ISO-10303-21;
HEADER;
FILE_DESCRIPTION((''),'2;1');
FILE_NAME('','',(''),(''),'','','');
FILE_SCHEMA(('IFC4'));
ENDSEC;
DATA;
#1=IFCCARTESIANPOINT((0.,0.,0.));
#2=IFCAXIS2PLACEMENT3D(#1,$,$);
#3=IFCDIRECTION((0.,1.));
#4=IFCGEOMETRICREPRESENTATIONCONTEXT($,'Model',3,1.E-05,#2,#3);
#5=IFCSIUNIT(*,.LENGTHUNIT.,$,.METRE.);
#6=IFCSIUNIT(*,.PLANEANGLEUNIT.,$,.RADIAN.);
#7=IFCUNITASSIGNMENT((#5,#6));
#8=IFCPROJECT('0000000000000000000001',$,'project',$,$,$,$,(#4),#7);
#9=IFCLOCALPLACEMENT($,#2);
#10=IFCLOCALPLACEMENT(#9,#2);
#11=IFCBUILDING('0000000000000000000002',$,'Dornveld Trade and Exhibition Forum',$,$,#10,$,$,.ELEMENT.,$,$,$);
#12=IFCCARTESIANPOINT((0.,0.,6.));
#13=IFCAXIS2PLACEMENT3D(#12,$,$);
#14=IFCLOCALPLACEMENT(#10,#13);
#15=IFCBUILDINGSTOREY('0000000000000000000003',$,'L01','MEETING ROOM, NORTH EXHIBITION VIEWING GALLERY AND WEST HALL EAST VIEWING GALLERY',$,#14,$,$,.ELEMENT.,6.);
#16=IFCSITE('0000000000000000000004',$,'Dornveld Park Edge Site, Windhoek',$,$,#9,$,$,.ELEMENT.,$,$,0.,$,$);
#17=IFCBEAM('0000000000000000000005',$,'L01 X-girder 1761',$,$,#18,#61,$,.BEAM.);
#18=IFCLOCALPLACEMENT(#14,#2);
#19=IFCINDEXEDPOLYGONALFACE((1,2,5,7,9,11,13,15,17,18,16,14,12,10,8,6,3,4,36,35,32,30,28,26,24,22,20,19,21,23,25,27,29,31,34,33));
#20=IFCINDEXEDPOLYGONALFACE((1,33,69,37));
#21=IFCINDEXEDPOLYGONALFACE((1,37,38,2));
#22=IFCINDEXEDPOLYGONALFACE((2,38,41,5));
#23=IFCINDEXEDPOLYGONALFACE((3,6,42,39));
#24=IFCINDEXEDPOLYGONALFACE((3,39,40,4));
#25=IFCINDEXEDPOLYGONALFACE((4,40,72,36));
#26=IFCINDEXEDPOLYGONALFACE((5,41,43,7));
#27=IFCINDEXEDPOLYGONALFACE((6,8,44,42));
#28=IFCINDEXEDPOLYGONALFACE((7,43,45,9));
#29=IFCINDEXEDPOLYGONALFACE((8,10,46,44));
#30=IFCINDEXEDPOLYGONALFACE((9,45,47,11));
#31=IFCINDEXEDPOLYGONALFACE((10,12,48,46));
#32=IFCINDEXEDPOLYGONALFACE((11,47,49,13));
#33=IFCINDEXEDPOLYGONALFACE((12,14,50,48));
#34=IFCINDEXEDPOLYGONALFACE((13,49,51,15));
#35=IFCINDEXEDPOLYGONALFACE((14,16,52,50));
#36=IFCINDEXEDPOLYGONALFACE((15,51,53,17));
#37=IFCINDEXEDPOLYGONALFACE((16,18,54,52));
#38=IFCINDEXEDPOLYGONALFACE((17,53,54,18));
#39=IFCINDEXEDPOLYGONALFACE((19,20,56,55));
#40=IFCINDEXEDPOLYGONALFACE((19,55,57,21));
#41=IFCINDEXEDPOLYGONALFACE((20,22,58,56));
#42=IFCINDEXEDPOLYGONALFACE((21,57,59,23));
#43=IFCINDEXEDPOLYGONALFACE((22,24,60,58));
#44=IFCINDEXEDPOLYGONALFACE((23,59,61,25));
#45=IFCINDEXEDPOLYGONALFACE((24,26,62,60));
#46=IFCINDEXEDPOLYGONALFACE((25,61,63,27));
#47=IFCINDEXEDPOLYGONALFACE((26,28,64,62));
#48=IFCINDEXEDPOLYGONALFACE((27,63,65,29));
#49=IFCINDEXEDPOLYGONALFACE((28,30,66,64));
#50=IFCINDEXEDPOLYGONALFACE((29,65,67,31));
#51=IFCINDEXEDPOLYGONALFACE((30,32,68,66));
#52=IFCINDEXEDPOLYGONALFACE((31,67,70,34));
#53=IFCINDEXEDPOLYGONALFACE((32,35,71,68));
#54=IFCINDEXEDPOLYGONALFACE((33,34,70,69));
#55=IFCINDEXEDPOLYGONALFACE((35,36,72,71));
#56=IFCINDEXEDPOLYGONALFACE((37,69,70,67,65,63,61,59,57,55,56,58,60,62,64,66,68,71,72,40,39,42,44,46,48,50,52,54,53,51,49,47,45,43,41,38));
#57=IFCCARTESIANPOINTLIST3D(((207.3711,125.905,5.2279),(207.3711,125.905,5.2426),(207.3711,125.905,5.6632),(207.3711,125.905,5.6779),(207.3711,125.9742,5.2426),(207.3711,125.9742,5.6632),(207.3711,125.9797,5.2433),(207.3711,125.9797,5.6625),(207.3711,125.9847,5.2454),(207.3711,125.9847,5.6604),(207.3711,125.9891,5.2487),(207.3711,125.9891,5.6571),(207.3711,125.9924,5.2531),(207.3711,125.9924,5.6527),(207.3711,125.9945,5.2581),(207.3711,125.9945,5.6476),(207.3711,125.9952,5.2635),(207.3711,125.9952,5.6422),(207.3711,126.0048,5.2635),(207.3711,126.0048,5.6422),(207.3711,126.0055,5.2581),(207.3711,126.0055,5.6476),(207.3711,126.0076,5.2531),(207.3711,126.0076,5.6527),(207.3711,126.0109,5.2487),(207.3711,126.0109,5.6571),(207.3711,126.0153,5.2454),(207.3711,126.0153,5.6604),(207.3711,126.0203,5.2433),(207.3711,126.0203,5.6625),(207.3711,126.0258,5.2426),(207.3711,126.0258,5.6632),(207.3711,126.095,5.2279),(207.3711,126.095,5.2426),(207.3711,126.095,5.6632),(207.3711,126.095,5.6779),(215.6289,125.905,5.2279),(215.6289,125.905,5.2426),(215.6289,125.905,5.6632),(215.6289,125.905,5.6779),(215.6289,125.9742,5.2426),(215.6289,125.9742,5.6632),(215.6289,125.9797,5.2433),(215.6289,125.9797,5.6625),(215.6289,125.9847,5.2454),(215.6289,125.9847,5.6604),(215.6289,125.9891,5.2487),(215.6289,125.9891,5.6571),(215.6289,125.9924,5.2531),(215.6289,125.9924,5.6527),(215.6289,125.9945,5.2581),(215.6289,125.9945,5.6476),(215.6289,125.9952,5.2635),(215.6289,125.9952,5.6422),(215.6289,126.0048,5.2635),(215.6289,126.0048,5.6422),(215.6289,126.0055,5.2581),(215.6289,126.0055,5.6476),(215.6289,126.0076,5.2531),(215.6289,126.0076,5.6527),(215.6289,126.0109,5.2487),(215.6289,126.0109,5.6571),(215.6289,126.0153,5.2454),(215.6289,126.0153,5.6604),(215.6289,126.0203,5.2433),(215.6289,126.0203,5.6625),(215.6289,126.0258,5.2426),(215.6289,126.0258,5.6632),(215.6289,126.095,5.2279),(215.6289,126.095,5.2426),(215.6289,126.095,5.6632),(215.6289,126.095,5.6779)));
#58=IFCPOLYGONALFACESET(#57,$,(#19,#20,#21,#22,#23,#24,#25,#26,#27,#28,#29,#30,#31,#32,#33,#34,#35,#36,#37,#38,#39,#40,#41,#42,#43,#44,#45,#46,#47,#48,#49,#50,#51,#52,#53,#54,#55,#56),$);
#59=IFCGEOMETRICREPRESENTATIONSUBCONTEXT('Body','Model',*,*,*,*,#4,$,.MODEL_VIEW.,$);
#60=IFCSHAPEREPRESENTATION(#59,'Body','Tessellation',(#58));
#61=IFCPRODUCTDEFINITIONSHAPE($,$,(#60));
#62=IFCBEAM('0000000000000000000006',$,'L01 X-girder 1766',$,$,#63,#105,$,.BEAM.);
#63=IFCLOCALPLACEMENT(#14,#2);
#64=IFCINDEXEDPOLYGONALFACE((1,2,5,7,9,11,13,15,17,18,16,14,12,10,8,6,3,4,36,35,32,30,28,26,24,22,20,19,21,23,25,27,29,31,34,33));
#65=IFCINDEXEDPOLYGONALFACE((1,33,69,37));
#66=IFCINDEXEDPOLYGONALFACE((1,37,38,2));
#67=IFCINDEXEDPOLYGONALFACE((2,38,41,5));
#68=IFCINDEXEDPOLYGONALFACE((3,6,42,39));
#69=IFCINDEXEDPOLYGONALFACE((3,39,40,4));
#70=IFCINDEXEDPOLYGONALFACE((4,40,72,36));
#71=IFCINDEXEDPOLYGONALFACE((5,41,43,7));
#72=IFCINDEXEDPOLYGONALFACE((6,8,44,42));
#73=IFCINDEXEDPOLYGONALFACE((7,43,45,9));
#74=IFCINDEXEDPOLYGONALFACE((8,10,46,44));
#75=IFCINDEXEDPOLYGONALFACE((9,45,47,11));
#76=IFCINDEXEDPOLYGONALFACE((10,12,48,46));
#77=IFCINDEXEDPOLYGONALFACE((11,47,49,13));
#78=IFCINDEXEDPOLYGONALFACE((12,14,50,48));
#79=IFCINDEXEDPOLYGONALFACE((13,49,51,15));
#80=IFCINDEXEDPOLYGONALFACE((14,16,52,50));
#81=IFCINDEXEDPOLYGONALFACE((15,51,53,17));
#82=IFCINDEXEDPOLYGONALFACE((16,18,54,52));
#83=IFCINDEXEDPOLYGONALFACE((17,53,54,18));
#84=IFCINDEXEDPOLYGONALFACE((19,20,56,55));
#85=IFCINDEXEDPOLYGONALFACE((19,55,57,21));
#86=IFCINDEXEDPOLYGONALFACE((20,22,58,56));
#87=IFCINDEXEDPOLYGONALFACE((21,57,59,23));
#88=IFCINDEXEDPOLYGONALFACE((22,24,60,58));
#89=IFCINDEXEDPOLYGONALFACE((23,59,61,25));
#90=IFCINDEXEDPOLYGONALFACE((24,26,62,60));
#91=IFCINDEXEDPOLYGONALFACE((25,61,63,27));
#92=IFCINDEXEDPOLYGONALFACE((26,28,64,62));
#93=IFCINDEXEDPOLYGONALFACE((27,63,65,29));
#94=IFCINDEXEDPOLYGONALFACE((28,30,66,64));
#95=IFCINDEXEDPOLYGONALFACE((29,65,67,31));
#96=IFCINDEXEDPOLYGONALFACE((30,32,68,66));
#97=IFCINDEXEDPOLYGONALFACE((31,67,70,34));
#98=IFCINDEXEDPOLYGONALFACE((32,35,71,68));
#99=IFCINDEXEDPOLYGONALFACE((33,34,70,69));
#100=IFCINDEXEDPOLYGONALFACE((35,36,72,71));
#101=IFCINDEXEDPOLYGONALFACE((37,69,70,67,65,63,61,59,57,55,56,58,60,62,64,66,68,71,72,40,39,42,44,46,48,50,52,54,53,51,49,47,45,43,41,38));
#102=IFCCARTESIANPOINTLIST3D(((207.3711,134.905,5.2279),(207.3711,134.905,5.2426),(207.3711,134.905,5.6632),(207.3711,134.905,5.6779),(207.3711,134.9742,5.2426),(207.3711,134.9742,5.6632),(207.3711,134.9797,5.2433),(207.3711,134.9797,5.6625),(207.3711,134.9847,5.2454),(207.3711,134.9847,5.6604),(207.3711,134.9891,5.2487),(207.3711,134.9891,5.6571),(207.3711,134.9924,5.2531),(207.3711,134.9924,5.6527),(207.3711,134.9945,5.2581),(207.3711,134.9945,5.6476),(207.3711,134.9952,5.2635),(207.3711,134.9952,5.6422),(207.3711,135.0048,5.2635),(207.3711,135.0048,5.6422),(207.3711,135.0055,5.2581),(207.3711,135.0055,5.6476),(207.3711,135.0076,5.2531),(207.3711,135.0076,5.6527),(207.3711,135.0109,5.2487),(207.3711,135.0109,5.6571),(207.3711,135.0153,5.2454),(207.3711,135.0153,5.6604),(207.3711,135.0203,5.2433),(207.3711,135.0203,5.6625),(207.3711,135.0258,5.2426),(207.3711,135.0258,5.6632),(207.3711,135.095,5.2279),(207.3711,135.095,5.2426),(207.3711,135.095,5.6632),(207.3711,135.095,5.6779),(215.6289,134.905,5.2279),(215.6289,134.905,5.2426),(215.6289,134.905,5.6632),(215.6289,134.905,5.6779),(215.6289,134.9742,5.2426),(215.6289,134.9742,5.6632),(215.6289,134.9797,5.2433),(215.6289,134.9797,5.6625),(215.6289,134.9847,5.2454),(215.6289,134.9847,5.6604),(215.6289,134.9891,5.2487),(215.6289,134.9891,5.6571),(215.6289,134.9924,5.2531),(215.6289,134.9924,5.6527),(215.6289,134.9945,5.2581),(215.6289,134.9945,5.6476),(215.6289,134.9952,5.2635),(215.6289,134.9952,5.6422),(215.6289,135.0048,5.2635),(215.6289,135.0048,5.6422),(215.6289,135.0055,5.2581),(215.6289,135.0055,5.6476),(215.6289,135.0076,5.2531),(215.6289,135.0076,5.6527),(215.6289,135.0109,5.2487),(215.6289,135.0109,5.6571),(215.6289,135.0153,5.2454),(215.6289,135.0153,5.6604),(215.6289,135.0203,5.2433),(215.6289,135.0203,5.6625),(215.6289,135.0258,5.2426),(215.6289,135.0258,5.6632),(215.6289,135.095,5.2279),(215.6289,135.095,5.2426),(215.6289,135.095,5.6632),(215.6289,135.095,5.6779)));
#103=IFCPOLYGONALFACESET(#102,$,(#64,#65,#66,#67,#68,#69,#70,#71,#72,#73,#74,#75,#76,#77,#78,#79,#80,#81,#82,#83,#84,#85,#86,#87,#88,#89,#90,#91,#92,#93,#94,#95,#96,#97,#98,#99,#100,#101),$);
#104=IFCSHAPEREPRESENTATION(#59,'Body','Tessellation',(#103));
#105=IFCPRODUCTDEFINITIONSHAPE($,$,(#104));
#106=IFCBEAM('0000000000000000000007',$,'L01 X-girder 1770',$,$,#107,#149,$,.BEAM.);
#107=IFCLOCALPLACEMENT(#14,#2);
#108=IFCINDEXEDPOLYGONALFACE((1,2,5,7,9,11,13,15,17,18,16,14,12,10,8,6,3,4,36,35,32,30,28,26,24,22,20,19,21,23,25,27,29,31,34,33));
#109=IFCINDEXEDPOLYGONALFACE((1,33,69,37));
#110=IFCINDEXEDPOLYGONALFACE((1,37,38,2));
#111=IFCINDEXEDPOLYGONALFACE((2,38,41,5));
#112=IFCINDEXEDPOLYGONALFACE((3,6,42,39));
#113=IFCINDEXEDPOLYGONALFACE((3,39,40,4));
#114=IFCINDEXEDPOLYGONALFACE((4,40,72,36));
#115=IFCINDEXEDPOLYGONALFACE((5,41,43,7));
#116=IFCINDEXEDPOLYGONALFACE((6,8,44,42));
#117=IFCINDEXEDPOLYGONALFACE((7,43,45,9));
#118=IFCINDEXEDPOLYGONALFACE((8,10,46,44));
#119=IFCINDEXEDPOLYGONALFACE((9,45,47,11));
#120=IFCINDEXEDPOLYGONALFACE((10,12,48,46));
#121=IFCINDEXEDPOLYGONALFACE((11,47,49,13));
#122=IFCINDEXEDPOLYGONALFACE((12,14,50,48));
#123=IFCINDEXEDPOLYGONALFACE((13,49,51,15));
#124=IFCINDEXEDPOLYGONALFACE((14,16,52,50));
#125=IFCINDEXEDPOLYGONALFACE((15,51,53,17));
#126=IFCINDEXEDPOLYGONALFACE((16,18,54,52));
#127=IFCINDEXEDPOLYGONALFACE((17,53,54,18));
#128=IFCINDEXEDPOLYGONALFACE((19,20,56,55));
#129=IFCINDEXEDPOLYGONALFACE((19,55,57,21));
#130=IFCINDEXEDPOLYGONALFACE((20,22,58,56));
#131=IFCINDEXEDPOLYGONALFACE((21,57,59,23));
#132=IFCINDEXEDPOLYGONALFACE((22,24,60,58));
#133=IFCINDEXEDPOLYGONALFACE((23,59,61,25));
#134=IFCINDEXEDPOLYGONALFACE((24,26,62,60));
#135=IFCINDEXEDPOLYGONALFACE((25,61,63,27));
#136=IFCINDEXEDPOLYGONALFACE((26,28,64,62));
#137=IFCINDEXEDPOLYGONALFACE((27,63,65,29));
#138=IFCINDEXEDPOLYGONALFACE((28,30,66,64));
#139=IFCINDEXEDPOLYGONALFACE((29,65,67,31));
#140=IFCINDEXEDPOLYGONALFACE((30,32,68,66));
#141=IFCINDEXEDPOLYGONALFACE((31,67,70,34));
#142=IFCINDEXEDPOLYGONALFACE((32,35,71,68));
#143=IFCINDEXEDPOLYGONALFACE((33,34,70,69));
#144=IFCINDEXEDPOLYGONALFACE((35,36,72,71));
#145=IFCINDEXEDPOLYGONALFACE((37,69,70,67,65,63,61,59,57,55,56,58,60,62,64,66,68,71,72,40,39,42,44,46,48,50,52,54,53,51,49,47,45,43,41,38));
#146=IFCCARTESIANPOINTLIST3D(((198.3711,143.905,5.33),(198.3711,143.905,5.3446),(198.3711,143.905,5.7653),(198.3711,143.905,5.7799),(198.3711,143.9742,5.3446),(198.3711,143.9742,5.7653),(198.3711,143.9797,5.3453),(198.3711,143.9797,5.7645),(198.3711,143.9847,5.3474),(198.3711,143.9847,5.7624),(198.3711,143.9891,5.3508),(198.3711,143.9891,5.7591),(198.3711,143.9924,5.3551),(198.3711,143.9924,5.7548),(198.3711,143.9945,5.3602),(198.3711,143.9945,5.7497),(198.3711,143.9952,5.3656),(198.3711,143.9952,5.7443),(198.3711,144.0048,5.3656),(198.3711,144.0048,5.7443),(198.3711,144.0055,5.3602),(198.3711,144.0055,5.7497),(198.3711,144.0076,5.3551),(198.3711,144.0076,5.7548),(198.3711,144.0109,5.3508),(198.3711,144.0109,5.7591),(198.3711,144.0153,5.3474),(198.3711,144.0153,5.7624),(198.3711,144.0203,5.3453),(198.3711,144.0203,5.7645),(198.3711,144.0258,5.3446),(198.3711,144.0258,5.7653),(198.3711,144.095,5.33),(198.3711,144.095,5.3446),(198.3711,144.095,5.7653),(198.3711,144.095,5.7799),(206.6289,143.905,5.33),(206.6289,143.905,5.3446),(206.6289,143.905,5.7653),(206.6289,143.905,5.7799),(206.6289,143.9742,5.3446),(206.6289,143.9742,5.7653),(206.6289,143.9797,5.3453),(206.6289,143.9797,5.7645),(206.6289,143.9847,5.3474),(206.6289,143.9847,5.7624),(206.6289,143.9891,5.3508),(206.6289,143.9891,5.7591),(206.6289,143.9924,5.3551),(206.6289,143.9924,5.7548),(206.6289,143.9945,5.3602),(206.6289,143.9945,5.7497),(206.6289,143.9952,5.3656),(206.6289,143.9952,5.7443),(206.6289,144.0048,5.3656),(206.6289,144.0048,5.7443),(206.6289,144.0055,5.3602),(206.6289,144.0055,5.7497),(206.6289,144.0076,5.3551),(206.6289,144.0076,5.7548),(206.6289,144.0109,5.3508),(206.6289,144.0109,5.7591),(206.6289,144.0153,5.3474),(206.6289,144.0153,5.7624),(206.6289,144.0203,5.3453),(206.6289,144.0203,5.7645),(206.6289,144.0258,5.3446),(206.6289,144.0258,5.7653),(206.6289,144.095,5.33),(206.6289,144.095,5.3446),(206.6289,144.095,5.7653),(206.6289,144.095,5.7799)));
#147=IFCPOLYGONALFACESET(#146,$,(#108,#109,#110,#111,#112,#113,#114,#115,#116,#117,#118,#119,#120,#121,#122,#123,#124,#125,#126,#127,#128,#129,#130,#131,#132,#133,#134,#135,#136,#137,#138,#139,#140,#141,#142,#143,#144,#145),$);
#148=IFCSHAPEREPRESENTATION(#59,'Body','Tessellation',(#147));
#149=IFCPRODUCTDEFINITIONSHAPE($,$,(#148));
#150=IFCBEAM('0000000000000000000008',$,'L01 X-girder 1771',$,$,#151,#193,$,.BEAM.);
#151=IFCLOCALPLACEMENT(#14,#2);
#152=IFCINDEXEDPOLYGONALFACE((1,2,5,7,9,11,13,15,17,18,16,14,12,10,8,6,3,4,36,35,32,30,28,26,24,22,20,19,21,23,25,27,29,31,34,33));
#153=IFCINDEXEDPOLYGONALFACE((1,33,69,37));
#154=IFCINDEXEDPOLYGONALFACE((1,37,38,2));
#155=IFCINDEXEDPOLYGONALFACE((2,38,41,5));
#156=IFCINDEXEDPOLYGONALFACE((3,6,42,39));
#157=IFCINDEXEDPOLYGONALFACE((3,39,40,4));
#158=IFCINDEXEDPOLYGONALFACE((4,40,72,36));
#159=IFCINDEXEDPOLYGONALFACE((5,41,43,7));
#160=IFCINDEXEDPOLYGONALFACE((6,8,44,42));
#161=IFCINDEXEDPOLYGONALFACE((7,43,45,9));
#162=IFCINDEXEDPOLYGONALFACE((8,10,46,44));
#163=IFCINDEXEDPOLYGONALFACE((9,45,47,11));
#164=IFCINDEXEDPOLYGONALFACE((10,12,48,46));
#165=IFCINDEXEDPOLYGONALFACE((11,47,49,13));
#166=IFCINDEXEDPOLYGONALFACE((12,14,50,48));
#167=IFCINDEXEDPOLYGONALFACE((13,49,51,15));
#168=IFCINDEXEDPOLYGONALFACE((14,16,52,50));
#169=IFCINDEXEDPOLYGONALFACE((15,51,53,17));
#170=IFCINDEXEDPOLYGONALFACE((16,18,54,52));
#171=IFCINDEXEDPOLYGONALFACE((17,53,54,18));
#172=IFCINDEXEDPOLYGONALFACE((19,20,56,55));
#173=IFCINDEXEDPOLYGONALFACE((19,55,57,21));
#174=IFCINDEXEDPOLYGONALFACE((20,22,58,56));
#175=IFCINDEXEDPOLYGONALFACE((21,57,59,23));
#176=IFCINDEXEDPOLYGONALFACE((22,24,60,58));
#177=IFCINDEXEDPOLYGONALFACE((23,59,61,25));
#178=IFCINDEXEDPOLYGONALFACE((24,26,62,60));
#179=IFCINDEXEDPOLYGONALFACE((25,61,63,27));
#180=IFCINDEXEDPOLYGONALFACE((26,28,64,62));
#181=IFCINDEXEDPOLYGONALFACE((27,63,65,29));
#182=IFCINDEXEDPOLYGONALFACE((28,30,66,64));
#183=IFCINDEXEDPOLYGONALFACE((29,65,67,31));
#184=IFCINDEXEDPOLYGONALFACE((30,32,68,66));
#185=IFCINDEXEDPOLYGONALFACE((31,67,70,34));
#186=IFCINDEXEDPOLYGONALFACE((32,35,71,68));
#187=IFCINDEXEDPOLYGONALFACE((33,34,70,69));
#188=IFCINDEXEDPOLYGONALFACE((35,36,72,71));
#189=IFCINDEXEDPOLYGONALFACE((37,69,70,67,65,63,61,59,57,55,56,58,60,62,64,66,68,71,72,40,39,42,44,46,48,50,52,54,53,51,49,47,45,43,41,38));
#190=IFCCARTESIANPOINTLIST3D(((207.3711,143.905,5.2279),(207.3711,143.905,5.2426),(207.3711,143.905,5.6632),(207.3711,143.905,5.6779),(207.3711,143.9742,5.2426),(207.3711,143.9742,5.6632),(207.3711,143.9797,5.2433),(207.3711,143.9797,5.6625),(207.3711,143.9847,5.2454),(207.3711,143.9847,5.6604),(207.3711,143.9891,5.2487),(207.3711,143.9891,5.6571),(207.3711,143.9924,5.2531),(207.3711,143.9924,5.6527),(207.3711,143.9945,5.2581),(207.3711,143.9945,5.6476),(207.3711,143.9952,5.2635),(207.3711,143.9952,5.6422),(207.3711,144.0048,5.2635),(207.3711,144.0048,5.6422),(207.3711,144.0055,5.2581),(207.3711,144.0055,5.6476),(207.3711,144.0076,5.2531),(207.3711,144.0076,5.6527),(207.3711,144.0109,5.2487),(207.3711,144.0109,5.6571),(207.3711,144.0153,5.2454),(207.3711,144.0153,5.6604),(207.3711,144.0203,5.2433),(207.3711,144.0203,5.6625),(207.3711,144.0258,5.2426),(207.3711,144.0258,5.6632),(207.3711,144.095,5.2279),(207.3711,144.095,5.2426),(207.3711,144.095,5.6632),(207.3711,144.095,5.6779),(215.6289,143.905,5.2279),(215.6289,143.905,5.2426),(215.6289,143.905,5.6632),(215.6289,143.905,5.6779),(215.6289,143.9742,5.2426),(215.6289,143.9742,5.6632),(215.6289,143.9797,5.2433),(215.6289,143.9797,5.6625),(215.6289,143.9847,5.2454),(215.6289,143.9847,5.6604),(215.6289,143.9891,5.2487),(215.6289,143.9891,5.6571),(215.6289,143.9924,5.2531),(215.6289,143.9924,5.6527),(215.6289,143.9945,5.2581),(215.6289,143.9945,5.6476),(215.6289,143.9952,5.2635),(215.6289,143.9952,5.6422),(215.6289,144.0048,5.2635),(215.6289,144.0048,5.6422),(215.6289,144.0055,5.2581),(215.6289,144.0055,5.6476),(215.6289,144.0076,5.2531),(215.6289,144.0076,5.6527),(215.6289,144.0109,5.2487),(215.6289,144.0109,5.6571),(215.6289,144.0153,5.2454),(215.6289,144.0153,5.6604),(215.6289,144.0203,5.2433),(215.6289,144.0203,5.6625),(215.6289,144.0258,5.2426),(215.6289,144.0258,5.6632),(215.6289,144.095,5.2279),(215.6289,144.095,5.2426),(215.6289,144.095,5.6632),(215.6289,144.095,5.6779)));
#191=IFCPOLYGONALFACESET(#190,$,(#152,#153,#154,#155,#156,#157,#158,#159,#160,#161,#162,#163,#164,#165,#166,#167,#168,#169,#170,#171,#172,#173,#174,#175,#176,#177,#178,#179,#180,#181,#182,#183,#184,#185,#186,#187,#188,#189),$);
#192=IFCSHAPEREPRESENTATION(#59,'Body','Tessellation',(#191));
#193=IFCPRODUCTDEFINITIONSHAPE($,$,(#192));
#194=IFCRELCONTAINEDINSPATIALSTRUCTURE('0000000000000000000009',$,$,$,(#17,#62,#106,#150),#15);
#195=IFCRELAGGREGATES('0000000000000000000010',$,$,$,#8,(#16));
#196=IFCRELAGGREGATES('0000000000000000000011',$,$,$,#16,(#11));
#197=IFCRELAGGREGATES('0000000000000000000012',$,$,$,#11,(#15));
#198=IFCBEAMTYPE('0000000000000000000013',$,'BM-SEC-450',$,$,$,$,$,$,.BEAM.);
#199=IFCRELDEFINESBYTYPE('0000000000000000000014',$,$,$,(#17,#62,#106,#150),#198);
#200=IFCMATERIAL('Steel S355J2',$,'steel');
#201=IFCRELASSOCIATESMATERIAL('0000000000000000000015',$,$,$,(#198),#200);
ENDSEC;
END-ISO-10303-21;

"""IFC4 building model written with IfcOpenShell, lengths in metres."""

from ifc_helpers import new_model, si_unit, direction, frame, origin, origin_2d, place, context, subcontext, project, spatial, i_section, extrude, material, material_profile, profile_set, type_object, element, save


model = new_model("IFC4")

# Units and contexts
model_context = context("Model", 3, precision=1e-05, world=origin(), true_north=direction((0.0, 1.0)))
body_context = subcontext(model_context, "Body", "Model", "MODEL_VIEW")
ifc_project = project(units=[si_unit("LENGTHUNIT", "METRE"), si_unit("PLANEANGLEUNIT", "RADIAN")], contexts=[model_context])

# Site, building, storey
site_placement = place(None, origin())
site = spatial("IfcSite", under=ifc_project, at=site_placement, Name="Dornveld Park Edge Site, Windhoek", CompositionType="ELEMENT", RefElevation=0.0)
building_placement = place(site_placement, origin())
building = spatial("IfcBuilding", under=site, at=building_placement, Name="Dornveld Trade and Exhibition Forum", CompositionType="ELEMENT")
storey_placement = place(building_placement, frame((0.0, 0.0, 6.0)))
storey = spatial("IfcBuildingStorey", under=building, at=storey_placement, Name="L01", Description="MEETING ROOM, NORTH EXHIBITION VIEWING GALLERY AND WEST HALL EAST VIEWING GALLERY", CompositionType="ELEMENT", Elevation=6.0)

# Beams
ifc_material_1 = material(Name="Steel S355J2", Category="steel")
ifc_material_profile_1 = material_profile(ifc_material_1, i_section(OverallWidth=0.1899, OverallDepth=0.45, WebThickness=0.0095, FlangeThickness=0.0146, FilletRadius=0.021, at=origin_2d()), Name="IPE 450")
ifc_profile_set_1 = profile_set([ifc_material_profile_1], Name="Steel S355J2")
beam_type_1 = type_object("IfcBeamType", Name="BM-SEC-450", PredefinedType="BEAM", material=ifc_profile_set_1)
for number, where, z_axis, x_axis, name in (
    (1, (207.3711, 126.0, 5.4529), (1.0, 0.0, 0.0), (0.0, 1.0, 0.0), "L01 X-girder 1761"),
    (2, (207.3711, 135.0, 5.4529), (1.0, 0.0, 0.0), (0.0, 1.0, 0.0), "L01 X-girder 1766"),
    (3, (198.3711, 144.0, 5.5549), (1.0, 0.0, 0.0), (0.0, 1.0, 0.0), "L01 X-girder 1770"),
    (4, (207.3711, 144.0, 5.4529), (1.0, 0.0, 0.0), (0.0, 1.0, 0.0), "L01 X-girder 1771"),
):
    element("IfcBeam", number, at=place(storey_placement, frame(where, z_axis=z_axis, x_axis=x_axis)), inside=storey, type_object=beam_type_1, Name=name, PredefinedType="BEAM", context=body_context, shape_type="SweptSolid", body=[
        extrude(i_section(OverallWidth=0.1899, OverallDepth=0.45, WebThickness=0.0095, FlangeThickness=0.0146, FilletRadius=0.021, at=origin_2d()), origin(), (0.0, 0.0, 1.0), 8.2578),
    ])

save(model, "model.ifc")
